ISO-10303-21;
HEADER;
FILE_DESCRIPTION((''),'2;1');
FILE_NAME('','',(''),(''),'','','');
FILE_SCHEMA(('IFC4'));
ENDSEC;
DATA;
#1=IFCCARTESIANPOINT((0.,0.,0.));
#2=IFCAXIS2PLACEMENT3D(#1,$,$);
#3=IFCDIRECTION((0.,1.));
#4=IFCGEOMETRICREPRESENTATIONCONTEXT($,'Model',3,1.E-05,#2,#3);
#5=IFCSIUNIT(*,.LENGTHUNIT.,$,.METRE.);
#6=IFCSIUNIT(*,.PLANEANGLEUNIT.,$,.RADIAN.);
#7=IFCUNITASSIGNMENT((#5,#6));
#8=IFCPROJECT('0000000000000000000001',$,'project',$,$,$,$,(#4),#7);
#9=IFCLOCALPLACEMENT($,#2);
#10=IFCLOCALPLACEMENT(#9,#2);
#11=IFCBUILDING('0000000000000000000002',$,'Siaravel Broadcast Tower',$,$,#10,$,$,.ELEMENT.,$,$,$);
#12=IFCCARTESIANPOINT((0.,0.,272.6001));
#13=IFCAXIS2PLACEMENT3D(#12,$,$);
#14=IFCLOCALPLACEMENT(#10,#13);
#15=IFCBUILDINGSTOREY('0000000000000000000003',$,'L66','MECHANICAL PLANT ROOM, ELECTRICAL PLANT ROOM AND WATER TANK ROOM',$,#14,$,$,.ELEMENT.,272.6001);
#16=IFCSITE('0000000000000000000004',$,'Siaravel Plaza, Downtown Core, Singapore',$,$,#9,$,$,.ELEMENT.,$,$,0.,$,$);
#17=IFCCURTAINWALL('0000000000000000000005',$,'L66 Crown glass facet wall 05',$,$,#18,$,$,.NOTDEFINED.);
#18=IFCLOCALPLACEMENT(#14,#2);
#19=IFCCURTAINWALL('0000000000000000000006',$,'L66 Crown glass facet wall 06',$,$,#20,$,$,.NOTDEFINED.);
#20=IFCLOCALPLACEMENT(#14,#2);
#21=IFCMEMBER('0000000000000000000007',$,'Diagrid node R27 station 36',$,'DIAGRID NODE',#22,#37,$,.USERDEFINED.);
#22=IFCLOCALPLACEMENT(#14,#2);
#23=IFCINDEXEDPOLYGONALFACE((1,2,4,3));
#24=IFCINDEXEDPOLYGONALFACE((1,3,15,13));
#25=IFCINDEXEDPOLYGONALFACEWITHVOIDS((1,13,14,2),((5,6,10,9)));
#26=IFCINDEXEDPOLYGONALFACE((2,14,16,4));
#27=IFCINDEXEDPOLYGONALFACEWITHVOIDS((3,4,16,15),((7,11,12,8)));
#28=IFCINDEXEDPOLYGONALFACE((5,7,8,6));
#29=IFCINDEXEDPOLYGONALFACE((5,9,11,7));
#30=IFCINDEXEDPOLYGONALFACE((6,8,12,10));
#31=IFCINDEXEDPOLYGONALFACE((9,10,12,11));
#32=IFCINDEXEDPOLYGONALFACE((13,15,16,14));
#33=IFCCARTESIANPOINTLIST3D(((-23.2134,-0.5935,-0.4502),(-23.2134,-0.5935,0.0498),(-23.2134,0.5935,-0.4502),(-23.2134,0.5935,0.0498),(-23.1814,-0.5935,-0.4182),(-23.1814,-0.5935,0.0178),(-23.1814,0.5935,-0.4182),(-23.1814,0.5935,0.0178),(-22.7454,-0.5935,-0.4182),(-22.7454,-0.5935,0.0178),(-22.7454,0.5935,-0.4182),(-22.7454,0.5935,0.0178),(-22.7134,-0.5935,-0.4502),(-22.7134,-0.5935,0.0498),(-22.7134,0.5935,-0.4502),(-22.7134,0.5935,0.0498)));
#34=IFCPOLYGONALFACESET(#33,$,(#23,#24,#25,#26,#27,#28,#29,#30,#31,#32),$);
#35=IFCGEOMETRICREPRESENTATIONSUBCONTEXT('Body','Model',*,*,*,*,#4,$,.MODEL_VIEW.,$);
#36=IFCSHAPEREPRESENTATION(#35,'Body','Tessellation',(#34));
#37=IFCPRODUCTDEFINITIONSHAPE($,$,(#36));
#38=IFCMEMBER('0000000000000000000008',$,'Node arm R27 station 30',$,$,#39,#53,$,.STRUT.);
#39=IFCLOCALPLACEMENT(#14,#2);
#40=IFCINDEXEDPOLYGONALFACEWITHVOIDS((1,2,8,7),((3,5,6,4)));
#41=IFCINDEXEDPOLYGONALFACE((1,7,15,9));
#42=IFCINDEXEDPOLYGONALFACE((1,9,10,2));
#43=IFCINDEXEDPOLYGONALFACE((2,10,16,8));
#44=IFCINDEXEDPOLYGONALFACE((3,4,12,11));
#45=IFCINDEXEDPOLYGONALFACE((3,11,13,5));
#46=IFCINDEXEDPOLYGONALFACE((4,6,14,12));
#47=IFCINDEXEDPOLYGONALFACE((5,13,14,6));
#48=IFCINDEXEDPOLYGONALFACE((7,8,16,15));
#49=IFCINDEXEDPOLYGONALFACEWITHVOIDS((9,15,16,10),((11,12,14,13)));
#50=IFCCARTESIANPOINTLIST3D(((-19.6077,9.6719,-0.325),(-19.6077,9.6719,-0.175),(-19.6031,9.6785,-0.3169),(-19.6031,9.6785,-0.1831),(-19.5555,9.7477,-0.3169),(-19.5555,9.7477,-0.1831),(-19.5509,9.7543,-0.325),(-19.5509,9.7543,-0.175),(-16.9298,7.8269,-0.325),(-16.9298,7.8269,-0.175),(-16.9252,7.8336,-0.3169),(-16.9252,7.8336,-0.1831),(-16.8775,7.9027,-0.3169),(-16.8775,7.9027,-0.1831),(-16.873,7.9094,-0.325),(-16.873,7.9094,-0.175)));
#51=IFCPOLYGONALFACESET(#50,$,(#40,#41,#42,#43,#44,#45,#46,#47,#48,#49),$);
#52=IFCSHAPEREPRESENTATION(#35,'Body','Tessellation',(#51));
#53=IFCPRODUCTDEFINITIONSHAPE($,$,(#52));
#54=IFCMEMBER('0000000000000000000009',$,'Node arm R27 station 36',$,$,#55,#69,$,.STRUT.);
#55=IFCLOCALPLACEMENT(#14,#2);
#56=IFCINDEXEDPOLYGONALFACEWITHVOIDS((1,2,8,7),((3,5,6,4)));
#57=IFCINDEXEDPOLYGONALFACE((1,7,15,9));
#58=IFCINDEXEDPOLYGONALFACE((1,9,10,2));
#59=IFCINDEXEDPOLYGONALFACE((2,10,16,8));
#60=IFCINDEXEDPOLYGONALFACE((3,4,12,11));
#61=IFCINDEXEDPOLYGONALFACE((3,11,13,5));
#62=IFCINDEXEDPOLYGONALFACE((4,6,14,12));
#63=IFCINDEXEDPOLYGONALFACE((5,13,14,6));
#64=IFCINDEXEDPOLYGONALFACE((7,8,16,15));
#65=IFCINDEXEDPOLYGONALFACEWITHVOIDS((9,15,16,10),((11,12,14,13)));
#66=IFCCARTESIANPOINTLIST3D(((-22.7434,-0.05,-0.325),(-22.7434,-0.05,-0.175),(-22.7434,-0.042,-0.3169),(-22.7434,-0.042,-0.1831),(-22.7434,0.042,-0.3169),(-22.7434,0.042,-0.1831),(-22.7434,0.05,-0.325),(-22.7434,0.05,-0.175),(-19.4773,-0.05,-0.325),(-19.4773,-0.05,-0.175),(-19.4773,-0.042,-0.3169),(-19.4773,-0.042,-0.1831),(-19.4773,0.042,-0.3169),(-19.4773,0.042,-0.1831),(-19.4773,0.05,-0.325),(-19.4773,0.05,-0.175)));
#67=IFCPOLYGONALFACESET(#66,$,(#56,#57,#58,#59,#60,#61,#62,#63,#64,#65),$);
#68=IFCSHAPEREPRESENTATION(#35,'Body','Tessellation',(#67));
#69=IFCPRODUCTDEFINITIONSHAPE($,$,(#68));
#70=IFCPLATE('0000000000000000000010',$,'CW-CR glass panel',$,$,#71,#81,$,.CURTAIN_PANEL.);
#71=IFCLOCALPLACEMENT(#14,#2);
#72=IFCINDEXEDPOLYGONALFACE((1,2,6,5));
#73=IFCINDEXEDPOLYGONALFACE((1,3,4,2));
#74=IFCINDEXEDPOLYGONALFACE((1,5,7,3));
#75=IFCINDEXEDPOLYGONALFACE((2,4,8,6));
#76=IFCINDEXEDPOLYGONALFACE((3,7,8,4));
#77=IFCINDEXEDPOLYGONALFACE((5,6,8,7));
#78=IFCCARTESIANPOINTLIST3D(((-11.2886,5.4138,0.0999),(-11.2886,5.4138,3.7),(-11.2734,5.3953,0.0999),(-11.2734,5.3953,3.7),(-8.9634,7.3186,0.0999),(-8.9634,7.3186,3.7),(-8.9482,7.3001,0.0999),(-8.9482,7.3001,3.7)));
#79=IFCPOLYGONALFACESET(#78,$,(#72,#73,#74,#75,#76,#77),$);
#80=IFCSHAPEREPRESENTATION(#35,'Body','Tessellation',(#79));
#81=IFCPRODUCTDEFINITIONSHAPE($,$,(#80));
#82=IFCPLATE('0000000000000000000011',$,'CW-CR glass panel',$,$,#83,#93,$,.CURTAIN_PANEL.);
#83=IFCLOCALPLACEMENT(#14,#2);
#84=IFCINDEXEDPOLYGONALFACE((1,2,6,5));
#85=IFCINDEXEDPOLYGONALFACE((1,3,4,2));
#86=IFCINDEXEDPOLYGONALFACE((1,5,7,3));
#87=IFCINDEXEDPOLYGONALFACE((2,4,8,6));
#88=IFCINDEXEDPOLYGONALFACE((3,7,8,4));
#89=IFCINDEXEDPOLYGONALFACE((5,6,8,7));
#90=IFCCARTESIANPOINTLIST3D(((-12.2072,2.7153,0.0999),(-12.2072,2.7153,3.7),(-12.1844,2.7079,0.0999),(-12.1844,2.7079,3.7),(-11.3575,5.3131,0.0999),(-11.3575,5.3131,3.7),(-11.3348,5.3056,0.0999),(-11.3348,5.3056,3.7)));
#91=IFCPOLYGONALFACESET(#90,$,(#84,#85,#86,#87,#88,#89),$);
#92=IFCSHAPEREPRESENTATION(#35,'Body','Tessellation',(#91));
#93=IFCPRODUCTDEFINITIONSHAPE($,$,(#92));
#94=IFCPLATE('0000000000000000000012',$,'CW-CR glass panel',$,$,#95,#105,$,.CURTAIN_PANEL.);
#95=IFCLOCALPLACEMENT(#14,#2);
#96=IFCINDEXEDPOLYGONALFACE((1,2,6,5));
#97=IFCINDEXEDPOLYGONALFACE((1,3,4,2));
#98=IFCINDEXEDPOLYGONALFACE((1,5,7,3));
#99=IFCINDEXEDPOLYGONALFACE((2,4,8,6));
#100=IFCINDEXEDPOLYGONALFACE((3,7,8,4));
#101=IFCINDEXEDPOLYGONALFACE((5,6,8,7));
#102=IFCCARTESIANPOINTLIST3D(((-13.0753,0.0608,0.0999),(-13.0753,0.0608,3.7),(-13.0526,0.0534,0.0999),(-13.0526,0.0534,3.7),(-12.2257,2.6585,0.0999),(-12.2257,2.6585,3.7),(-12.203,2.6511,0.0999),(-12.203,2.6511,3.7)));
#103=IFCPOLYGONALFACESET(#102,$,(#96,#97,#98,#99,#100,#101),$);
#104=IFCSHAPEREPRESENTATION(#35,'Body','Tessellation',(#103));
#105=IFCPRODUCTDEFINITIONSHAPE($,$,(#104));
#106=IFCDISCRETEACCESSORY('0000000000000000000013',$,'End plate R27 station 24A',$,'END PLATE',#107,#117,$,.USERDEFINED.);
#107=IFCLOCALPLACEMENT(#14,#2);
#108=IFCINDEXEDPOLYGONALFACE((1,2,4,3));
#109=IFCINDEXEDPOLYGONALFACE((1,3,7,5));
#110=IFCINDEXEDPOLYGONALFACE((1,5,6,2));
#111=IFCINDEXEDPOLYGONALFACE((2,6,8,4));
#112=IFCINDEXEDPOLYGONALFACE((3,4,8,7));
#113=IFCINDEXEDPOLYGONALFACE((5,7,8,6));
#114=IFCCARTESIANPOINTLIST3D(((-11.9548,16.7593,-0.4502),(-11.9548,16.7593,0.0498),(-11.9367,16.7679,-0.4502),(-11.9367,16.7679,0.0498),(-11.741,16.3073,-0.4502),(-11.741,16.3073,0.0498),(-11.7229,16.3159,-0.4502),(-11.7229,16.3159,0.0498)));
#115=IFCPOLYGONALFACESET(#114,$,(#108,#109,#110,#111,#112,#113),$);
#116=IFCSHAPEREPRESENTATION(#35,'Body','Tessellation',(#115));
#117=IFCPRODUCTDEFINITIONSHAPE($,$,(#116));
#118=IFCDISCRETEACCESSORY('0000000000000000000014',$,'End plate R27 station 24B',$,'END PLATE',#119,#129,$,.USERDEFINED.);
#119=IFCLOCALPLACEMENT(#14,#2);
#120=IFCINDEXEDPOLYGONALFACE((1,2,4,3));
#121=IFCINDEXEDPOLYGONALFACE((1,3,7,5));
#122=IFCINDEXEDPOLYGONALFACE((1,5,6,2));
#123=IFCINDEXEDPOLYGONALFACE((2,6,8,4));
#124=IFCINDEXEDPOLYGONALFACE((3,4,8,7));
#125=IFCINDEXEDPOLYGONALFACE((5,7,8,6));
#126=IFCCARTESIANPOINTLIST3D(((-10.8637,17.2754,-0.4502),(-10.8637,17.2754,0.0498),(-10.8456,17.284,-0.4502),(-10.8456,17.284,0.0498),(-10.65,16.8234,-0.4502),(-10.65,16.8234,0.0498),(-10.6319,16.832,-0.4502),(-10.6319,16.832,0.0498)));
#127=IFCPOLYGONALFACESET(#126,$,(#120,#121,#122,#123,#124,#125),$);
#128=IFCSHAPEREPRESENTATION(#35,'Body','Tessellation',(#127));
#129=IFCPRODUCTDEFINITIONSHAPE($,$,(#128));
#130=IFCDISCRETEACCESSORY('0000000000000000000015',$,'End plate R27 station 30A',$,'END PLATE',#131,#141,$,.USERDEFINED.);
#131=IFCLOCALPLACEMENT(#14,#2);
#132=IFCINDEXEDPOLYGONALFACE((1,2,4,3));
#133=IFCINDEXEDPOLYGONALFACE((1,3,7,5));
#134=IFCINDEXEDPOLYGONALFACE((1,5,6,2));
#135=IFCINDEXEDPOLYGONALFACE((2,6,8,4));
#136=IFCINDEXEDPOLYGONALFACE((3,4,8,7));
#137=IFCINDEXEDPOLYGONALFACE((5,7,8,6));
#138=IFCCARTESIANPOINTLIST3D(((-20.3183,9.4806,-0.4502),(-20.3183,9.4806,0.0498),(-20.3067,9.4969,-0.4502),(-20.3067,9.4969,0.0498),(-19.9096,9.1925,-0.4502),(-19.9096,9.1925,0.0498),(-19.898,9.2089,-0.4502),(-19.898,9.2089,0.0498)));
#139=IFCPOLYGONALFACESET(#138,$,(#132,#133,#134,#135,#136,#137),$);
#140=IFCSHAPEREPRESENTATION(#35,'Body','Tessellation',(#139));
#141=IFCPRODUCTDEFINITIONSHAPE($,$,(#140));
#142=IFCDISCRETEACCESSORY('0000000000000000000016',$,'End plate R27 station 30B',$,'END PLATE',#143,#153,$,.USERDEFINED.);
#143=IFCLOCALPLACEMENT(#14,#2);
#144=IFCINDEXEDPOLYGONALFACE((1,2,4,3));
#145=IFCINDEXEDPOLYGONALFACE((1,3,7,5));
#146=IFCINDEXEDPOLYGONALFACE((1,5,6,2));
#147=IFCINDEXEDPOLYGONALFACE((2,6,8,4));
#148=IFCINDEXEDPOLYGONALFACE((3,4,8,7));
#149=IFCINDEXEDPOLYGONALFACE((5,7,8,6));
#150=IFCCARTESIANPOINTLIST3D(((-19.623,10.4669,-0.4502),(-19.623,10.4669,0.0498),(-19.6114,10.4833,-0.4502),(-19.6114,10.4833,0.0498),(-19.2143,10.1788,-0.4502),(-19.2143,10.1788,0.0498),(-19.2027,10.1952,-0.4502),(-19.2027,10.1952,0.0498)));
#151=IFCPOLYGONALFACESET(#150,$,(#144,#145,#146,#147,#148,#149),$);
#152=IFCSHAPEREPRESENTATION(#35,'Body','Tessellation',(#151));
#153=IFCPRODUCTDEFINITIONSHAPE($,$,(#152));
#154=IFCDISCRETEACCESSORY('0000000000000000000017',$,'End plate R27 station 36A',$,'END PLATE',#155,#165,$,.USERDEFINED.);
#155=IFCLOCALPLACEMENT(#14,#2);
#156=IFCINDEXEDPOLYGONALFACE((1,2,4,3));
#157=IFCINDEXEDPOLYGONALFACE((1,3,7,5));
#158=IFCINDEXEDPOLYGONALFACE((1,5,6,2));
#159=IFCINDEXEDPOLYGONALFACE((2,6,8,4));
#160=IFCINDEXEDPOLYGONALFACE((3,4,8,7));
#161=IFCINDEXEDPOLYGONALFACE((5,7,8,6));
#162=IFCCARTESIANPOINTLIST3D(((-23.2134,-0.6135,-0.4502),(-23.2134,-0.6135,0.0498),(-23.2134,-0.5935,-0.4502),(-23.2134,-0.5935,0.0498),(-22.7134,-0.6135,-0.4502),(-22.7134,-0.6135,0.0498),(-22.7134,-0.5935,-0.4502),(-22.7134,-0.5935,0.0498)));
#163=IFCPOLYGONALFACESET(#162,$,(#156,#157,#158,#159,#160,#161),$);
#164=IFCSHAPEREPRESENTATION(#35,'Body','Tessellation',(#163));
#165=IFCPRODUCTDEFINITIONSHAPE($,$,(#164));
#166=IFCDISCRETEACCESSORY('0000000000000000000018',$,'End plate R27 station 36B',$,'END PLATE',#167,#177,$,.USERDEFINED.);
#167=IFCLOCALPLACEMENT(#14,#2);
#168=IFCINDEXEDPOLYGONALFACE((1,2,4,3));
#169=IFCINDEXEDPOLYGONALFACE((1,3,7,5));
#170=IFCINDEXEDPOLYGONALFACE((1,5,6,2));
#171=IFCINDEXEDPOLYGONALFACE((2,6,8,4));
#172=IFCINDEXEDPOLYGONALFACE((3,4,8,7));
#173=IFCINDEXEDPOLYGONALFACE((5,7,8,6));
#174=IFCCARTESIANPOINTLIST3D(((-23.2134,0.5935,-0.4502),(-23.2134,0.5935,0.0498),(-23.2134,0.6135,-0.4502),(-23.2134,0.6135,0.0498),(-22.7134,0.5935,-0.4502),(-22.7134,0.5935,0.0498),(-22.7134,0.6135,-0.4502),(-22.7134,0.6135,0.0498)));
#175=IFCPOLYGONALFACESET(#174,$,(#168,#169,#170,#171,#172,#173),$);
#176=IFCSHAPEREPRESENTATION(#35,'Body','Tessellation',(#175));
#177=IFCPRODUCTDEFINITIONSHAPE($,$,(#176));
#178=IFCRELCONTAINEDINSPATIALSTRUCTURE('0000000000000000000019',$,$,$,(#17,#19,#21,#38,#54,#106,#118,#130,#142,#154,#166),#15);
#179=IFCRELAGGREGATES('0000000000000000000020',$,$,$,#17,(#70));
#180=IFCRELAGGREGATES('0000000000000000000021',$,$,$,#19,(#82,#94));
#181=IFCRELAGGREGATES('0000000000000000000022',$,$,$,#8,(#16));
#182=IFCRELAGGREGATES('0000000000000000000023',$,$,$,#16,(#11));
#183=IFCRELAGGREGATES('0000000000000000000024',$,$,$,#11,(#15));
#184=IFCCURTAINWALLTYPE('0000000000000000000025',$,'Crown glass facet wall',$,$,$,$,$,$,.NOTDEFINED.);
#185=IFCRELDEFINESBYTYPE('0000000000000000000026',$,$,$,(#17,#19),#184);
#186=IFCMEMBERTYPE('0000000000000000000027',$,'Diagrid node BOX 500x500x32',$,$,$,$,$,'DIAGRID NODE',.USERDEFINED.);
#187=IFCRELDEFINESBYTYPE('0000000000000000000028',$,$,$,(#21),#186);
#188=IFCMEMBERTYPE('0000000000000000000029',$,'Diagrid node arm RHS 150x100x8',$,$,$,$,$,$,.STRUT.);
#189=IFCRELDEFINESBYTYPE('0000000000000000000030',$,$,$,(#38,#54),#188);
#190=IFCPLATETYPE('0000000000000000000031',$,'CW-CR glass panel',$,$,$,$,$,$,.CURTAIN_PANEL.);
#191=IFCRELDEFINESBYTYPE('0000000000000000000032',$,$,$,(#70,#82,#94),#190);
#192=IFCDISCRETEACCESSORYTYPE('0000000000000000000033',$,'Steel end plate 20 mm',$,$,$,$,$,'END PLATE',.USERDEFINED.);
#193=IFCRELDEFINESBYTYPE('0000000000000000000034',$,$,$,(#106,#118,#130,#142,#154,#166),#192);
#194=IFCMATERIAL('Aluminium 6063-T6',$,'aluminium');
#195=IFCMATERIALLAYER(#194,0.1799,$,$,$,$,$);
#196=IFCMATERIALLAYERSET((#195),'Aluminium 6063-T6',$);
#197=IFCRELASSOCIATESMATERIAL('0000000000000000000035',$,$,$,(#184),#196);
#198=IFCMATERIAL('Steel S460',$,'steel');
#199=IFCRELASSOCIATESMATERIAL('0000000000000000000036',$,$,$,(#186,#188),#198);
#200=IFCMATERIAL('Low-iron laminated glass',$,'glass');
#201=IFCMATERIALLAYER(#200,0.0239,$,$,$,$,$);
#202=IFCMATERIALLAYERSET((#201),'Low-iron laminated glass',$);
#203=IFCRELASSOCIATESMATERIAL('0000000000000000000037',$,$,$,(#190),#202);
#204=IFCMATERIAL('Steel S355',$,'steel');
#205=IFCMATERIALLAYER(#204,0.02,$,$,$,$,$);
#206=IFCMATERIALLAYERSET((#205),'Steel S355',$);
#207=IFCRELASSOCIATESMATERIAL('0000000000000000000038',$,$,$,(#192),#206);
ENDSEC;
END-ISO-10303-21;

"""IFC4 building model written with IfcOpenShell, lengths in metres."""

from ifc_helpers import new_model, si_unit, direction, frame, origin, origin_2d, place, context, subcontext, project, spatial, rectangle, hollow_rectangle, extrude, material, layer, layer_set, material_profile, profile_set, type_object, element, aggregate, save


model = new_model("IFC4")

# Units and contexts
model_context = context("Model", 3, precision=1e-05, world=origin(), true_north=direction((0.0, 1.0)))
body_context = subcontext(model_context, "Body", "Model", "MODEL_VIEW")
ifc_project = project(units=[si_unit("LENGTHUNIT", "METRE"), si_unit("PLANEANGLEUNIT", "RADIAN")], contexts=[model_context])

# Site, building, storey
site_placement = place(None, origin())
site = spatial("IfcSite", under=ifc_project, at=site_placement, Name="Siaravel Plaza, Downtown Core, Singapore", CompositionType="ELEMENT", RefElevation=0.0)
building_placement = place(site_placement, origin())
building = spatial("IfcBuilding", under=site, at=building_placement, Name="Siaravel Broadcast Tower", CompositionType="ELEMENT")
storey_placement = place(building_placement, frame((0.0, 0.0, 272.6001)))
storey = spatial("IfcBuildingStorey", under=building, at=storey_placement, Name="L66", Description="MECHANICAL PLANT ROOM, ELECTRICAL PLANT ROOM AND WATER TANK ROOM", CompositionType="ELEMENT", Elevation=272.6001)

# Curtain wall
ifc_material_1 = material(Name="Aluminium 6063-T6", Category="aluminium")
ifc_layer_1 = layer(ifc_material_1, 0.1799)
ifc_layer_set_1 = layer_set([ifc_layer_1], Name="Aluminium 6063-T6")
curtain_wall_type = type_object("IfcCurtainWallType", Name="Crown glass facet wall", PredefinedType="NOTDEFINED", material=ifc_layer_set_1)
curtain_wall_1_placement = place(storey_placement, origin())
curtain_wall_1 = element("IfcCurtainWall", 1, at=curtain_wall_1_placement, inside=storey, type_object=curtain_wall_type, Name="L66 Crown glass facet wall 05", PredefinedType="NOTDEFINED")

# Curtain wall
curtain_wall_2_placement = place(storey_placement, origin())
curtain_wall_2 = element("IfcCurtainWall", 2, at=curtain_wall_2_placement, inside=storey, type_object=curtain_wall_type, Name="L66 Crown glass facet wall 06", PredefinedType="NOTDEFINED")

# Members
ifc_material_2 = material(Name="Steel S460", Category="steel")
ifc_material_profile_1 = material_profile(ifc_material_2, hollow_rectangle(XDim=0.5, YDim=0.5, WallThickness=0.032, at=origin_2d()))
ifc_profile_set_1 = profile_set([ifc_material_profile_1], Name="Steel S460")
member_type_1 = type_object("IfcMemberType", Name="Diagrid node BOX 500x500x32", ElementType="DIAGRID NODE", PredefinedType="USERDEFINED", material=ifc_profile_set_1)
member_1_placement = place(storey_placement, frame((-22.9634, 0.5935, -0.2002), z_axis=(0.0, -1.0, 0.0), x_axis=(1.0, 0.0, 0.0)))
element("IfcMember", 3, at=member_1_placement, inside=storey, type_object=member_type_1, Name="Diagrid node R27 station 36", ObjectType="DIAGRID NODE", PredefinedType="USERDEFINED", context=body_context, shape_type="SweptSolid", body=[
    extrude(hollow_rectangle(XDim=0.5, YDim=0.5, WallThickness=0.032, at=origin_2d()), origin(), (0.0, 0.0, 1.0), 1.187),
])
ifc_material_profile_2 = material_profile(ifc_material_2, hollow_rectangle(XDim=0.1001, YDim=0.1499, WallThickness=0.0081, at=origin_2d()))
ifc_profile_set_2 = profile_set([ifc_material_profile_2], Name="Steel S460")
member_type_2 = type_object("IfcMemberType", Name="Diagrid node arm RHS 150x100x8", PredefinedType="STRUT", material=ifc_profile_set_2)
member_2_placement = place(storey_placement, frame((-16.9014, 7.8682, -0.25), z_axis=(-0.823487, 0.567335, 0.0), x_axis=(-0.567335, -0.823487, 0.0)))
element("IfcMember", 4, at=member_2_placement, inside=storey, type_object=member_type_2, Name="Node arm R27 station 30", PredefinedType="STRUT", context=body_context, shape_type="SweptSolid", body=[
    extrude(hollow_rectangle(XDim=0.1001, YDim=0.1499, WallThickness=0.0081, at=origin_2d()), origin(), (0.0, 0.0, 1.0), 3.252),
])
member_3_placement = place(storey_placement, frame((-19.4773, 0.0, -0.25), z_axis=(-1.0, 0.0, 0.0), x_axis=(0.0, -1.0, 0.0)))
element("IfcMember", 5, at=member_3_placement, inside=storey, type_object=member_type_2, Name="Node arm R27 station 36", PredefinedType="STRUT", context=body_context, shape_type="SweptSolid", body=[
    extrude(hollow_rectangle(XDim=0.1001, YDim=0.1499, WallThickness=0.0081, at=origin_2d()), origin(), (0.0, 0.0, 1.0), 3.2661),
])

# Plates
ifc_material_3 = material(Name="Low-iron laminated glass", Category="glass")
ifc_layer_2 = layer(ifc_material_3, 0.0239)
ifc_layer_set_2 = layer_set([ifc_layer_2], Name="Low-iron laminated glass")
plate_type = type_object("IfcPlateType", Name="CW-CR glass panel", PredefinedType="CURTAIN_PANEL", material=ifc_layer_set_2)
plate_1_placement = place(storey_placement, frame((-10.1184, 6.3569, 0.0999), z_axis=(0.0, 0.0, 1.0), x_axis=(-0.773569, -0.633712, 0.0)))
plate_1 = element("IfcPlate", 6, at=plate_1_placement, type_object=plate_type, Name="CW-CR glass panel", PredefinedType="CURTAIN_PANEL", context=body_context, shape_type="SweptSolid", body=[
    extrude(rectangle(XDim=3.0059, YDim=0.0239, at=origin_2d()), origin(), (0.0, 0.0, 1.0), 3.6001),
])
aggregate(curtain_wall_1, [plate_1])
plate_2_placement = place(storey_placement, frame((-11.771, 4.0105, 0.0999), z_axis=(0.0, 0.0, 1.0), x_axis=(-0.310862, -0.950455, 0.0)))
plate_2 = element("IfcPlate", 7, at=plate_2_placement, type_object=plate_type, Name="CW-CR glass panel", PredefinedType="CURTAIN_PANEL", context=body_context, shape_type="SweptSolid", body=[
    extrude(rectangle(XDim=2.7332, YDim=0.0239, at=origin_2d()), origin(), (0.0, 0.0, 1.0), 3.6001),
])
plate_3_placement = place(storey_placement, frame((-12.6392, 1.356, 0.0999), z_axis=(0.0, 0.0, 1.0), x_axis=(-0.310862, -0.950455, 0.0)))
plate_3 = element("IfcPlate", 8, at=plate_3_placement, type_object=plate_type, Name="CW-CR glass panel", PredefinedType="CURTAIN_PANEL", context=body_context, shape_type="SweptSolid", body=[
    extrude(rectangle(XDim=2.7332, YDim=0.0239, at=origin_2d()), origin(), (0.0, 0.0, 1.0), 3.6001),
])
aggregate(curtain_wall_2, [plate_2, plate_3])

# Discrete accessories
ifc_material_4 = material(Name="Steel S355", Category="steel")
ifc_layer_3 = layer(ifc_material_4, 0.02)
ifc_layer_set_3 = layer_set([ifc_layer_3], Name="Steel S355")
discrete_accessory_type = type_object("IfcDiscreteAccessoryType", Name="Steel end plate 20 mm", ElementType="END PLATE", PredefinedType="USERDEFINED", material=ifc_layer_set_3)
for number, where, z_axis, x_axis, name in (
    (9, (-11.8389, 16.5376, -0.4502), (0.0, 0.0, 1.0), (-0.904006, -0.427519, 0.0), "End plate R27 station 24A"),
    (10, (-10.7478, 17.0537, -0.4502), (0.0, 0.0, 1.0), (-0.904006, -0.427519, 0.0), "End plate R27 station 24B"),
    (11, (-20.1082, 9.3447, -0.4502), (0.0, 0.0, 1.0), (-0.576119, -0.817366, 0.0), "End plate R27 station 30A"),
    (12, (-19.4128, 10.3311, -0.4502), (0.0, 0.0, 1.0), (-0.576119, -0.817366, 0.0), "End plate R27 station 30B"),
    (13, (-22.9634, -0.6035, -0.4502), (0.0, 0.0, 1.0), (0.0, -1.0, 0.0), "End plate R27 station 36A"),
    (14, (-22.9634, 0.6035, -0.4502), (0.0, 0.0, 1.0), (0.0, -1.0, 0.0), "End plate R27 station 36B"),
):
    element("IfcDiscreteAccessory", number, at=place(storey_placement, frame(where, z_axis=z_axis, x_axis=x_axis)), inside=storey, type_object=discrete_accessory_type, Name=name, ObjectType="END PLATE", PredefinedType="USERDEFINED", context=body_context, shape_type="SweptSolid", body=[
        extrude(rectangle(XDim=0.02, YDim=0.5, at=origin_2d()), origin(), (0.0, 0.0, 1.0), 0.5),
    ])

save(model, "model.ifc")
